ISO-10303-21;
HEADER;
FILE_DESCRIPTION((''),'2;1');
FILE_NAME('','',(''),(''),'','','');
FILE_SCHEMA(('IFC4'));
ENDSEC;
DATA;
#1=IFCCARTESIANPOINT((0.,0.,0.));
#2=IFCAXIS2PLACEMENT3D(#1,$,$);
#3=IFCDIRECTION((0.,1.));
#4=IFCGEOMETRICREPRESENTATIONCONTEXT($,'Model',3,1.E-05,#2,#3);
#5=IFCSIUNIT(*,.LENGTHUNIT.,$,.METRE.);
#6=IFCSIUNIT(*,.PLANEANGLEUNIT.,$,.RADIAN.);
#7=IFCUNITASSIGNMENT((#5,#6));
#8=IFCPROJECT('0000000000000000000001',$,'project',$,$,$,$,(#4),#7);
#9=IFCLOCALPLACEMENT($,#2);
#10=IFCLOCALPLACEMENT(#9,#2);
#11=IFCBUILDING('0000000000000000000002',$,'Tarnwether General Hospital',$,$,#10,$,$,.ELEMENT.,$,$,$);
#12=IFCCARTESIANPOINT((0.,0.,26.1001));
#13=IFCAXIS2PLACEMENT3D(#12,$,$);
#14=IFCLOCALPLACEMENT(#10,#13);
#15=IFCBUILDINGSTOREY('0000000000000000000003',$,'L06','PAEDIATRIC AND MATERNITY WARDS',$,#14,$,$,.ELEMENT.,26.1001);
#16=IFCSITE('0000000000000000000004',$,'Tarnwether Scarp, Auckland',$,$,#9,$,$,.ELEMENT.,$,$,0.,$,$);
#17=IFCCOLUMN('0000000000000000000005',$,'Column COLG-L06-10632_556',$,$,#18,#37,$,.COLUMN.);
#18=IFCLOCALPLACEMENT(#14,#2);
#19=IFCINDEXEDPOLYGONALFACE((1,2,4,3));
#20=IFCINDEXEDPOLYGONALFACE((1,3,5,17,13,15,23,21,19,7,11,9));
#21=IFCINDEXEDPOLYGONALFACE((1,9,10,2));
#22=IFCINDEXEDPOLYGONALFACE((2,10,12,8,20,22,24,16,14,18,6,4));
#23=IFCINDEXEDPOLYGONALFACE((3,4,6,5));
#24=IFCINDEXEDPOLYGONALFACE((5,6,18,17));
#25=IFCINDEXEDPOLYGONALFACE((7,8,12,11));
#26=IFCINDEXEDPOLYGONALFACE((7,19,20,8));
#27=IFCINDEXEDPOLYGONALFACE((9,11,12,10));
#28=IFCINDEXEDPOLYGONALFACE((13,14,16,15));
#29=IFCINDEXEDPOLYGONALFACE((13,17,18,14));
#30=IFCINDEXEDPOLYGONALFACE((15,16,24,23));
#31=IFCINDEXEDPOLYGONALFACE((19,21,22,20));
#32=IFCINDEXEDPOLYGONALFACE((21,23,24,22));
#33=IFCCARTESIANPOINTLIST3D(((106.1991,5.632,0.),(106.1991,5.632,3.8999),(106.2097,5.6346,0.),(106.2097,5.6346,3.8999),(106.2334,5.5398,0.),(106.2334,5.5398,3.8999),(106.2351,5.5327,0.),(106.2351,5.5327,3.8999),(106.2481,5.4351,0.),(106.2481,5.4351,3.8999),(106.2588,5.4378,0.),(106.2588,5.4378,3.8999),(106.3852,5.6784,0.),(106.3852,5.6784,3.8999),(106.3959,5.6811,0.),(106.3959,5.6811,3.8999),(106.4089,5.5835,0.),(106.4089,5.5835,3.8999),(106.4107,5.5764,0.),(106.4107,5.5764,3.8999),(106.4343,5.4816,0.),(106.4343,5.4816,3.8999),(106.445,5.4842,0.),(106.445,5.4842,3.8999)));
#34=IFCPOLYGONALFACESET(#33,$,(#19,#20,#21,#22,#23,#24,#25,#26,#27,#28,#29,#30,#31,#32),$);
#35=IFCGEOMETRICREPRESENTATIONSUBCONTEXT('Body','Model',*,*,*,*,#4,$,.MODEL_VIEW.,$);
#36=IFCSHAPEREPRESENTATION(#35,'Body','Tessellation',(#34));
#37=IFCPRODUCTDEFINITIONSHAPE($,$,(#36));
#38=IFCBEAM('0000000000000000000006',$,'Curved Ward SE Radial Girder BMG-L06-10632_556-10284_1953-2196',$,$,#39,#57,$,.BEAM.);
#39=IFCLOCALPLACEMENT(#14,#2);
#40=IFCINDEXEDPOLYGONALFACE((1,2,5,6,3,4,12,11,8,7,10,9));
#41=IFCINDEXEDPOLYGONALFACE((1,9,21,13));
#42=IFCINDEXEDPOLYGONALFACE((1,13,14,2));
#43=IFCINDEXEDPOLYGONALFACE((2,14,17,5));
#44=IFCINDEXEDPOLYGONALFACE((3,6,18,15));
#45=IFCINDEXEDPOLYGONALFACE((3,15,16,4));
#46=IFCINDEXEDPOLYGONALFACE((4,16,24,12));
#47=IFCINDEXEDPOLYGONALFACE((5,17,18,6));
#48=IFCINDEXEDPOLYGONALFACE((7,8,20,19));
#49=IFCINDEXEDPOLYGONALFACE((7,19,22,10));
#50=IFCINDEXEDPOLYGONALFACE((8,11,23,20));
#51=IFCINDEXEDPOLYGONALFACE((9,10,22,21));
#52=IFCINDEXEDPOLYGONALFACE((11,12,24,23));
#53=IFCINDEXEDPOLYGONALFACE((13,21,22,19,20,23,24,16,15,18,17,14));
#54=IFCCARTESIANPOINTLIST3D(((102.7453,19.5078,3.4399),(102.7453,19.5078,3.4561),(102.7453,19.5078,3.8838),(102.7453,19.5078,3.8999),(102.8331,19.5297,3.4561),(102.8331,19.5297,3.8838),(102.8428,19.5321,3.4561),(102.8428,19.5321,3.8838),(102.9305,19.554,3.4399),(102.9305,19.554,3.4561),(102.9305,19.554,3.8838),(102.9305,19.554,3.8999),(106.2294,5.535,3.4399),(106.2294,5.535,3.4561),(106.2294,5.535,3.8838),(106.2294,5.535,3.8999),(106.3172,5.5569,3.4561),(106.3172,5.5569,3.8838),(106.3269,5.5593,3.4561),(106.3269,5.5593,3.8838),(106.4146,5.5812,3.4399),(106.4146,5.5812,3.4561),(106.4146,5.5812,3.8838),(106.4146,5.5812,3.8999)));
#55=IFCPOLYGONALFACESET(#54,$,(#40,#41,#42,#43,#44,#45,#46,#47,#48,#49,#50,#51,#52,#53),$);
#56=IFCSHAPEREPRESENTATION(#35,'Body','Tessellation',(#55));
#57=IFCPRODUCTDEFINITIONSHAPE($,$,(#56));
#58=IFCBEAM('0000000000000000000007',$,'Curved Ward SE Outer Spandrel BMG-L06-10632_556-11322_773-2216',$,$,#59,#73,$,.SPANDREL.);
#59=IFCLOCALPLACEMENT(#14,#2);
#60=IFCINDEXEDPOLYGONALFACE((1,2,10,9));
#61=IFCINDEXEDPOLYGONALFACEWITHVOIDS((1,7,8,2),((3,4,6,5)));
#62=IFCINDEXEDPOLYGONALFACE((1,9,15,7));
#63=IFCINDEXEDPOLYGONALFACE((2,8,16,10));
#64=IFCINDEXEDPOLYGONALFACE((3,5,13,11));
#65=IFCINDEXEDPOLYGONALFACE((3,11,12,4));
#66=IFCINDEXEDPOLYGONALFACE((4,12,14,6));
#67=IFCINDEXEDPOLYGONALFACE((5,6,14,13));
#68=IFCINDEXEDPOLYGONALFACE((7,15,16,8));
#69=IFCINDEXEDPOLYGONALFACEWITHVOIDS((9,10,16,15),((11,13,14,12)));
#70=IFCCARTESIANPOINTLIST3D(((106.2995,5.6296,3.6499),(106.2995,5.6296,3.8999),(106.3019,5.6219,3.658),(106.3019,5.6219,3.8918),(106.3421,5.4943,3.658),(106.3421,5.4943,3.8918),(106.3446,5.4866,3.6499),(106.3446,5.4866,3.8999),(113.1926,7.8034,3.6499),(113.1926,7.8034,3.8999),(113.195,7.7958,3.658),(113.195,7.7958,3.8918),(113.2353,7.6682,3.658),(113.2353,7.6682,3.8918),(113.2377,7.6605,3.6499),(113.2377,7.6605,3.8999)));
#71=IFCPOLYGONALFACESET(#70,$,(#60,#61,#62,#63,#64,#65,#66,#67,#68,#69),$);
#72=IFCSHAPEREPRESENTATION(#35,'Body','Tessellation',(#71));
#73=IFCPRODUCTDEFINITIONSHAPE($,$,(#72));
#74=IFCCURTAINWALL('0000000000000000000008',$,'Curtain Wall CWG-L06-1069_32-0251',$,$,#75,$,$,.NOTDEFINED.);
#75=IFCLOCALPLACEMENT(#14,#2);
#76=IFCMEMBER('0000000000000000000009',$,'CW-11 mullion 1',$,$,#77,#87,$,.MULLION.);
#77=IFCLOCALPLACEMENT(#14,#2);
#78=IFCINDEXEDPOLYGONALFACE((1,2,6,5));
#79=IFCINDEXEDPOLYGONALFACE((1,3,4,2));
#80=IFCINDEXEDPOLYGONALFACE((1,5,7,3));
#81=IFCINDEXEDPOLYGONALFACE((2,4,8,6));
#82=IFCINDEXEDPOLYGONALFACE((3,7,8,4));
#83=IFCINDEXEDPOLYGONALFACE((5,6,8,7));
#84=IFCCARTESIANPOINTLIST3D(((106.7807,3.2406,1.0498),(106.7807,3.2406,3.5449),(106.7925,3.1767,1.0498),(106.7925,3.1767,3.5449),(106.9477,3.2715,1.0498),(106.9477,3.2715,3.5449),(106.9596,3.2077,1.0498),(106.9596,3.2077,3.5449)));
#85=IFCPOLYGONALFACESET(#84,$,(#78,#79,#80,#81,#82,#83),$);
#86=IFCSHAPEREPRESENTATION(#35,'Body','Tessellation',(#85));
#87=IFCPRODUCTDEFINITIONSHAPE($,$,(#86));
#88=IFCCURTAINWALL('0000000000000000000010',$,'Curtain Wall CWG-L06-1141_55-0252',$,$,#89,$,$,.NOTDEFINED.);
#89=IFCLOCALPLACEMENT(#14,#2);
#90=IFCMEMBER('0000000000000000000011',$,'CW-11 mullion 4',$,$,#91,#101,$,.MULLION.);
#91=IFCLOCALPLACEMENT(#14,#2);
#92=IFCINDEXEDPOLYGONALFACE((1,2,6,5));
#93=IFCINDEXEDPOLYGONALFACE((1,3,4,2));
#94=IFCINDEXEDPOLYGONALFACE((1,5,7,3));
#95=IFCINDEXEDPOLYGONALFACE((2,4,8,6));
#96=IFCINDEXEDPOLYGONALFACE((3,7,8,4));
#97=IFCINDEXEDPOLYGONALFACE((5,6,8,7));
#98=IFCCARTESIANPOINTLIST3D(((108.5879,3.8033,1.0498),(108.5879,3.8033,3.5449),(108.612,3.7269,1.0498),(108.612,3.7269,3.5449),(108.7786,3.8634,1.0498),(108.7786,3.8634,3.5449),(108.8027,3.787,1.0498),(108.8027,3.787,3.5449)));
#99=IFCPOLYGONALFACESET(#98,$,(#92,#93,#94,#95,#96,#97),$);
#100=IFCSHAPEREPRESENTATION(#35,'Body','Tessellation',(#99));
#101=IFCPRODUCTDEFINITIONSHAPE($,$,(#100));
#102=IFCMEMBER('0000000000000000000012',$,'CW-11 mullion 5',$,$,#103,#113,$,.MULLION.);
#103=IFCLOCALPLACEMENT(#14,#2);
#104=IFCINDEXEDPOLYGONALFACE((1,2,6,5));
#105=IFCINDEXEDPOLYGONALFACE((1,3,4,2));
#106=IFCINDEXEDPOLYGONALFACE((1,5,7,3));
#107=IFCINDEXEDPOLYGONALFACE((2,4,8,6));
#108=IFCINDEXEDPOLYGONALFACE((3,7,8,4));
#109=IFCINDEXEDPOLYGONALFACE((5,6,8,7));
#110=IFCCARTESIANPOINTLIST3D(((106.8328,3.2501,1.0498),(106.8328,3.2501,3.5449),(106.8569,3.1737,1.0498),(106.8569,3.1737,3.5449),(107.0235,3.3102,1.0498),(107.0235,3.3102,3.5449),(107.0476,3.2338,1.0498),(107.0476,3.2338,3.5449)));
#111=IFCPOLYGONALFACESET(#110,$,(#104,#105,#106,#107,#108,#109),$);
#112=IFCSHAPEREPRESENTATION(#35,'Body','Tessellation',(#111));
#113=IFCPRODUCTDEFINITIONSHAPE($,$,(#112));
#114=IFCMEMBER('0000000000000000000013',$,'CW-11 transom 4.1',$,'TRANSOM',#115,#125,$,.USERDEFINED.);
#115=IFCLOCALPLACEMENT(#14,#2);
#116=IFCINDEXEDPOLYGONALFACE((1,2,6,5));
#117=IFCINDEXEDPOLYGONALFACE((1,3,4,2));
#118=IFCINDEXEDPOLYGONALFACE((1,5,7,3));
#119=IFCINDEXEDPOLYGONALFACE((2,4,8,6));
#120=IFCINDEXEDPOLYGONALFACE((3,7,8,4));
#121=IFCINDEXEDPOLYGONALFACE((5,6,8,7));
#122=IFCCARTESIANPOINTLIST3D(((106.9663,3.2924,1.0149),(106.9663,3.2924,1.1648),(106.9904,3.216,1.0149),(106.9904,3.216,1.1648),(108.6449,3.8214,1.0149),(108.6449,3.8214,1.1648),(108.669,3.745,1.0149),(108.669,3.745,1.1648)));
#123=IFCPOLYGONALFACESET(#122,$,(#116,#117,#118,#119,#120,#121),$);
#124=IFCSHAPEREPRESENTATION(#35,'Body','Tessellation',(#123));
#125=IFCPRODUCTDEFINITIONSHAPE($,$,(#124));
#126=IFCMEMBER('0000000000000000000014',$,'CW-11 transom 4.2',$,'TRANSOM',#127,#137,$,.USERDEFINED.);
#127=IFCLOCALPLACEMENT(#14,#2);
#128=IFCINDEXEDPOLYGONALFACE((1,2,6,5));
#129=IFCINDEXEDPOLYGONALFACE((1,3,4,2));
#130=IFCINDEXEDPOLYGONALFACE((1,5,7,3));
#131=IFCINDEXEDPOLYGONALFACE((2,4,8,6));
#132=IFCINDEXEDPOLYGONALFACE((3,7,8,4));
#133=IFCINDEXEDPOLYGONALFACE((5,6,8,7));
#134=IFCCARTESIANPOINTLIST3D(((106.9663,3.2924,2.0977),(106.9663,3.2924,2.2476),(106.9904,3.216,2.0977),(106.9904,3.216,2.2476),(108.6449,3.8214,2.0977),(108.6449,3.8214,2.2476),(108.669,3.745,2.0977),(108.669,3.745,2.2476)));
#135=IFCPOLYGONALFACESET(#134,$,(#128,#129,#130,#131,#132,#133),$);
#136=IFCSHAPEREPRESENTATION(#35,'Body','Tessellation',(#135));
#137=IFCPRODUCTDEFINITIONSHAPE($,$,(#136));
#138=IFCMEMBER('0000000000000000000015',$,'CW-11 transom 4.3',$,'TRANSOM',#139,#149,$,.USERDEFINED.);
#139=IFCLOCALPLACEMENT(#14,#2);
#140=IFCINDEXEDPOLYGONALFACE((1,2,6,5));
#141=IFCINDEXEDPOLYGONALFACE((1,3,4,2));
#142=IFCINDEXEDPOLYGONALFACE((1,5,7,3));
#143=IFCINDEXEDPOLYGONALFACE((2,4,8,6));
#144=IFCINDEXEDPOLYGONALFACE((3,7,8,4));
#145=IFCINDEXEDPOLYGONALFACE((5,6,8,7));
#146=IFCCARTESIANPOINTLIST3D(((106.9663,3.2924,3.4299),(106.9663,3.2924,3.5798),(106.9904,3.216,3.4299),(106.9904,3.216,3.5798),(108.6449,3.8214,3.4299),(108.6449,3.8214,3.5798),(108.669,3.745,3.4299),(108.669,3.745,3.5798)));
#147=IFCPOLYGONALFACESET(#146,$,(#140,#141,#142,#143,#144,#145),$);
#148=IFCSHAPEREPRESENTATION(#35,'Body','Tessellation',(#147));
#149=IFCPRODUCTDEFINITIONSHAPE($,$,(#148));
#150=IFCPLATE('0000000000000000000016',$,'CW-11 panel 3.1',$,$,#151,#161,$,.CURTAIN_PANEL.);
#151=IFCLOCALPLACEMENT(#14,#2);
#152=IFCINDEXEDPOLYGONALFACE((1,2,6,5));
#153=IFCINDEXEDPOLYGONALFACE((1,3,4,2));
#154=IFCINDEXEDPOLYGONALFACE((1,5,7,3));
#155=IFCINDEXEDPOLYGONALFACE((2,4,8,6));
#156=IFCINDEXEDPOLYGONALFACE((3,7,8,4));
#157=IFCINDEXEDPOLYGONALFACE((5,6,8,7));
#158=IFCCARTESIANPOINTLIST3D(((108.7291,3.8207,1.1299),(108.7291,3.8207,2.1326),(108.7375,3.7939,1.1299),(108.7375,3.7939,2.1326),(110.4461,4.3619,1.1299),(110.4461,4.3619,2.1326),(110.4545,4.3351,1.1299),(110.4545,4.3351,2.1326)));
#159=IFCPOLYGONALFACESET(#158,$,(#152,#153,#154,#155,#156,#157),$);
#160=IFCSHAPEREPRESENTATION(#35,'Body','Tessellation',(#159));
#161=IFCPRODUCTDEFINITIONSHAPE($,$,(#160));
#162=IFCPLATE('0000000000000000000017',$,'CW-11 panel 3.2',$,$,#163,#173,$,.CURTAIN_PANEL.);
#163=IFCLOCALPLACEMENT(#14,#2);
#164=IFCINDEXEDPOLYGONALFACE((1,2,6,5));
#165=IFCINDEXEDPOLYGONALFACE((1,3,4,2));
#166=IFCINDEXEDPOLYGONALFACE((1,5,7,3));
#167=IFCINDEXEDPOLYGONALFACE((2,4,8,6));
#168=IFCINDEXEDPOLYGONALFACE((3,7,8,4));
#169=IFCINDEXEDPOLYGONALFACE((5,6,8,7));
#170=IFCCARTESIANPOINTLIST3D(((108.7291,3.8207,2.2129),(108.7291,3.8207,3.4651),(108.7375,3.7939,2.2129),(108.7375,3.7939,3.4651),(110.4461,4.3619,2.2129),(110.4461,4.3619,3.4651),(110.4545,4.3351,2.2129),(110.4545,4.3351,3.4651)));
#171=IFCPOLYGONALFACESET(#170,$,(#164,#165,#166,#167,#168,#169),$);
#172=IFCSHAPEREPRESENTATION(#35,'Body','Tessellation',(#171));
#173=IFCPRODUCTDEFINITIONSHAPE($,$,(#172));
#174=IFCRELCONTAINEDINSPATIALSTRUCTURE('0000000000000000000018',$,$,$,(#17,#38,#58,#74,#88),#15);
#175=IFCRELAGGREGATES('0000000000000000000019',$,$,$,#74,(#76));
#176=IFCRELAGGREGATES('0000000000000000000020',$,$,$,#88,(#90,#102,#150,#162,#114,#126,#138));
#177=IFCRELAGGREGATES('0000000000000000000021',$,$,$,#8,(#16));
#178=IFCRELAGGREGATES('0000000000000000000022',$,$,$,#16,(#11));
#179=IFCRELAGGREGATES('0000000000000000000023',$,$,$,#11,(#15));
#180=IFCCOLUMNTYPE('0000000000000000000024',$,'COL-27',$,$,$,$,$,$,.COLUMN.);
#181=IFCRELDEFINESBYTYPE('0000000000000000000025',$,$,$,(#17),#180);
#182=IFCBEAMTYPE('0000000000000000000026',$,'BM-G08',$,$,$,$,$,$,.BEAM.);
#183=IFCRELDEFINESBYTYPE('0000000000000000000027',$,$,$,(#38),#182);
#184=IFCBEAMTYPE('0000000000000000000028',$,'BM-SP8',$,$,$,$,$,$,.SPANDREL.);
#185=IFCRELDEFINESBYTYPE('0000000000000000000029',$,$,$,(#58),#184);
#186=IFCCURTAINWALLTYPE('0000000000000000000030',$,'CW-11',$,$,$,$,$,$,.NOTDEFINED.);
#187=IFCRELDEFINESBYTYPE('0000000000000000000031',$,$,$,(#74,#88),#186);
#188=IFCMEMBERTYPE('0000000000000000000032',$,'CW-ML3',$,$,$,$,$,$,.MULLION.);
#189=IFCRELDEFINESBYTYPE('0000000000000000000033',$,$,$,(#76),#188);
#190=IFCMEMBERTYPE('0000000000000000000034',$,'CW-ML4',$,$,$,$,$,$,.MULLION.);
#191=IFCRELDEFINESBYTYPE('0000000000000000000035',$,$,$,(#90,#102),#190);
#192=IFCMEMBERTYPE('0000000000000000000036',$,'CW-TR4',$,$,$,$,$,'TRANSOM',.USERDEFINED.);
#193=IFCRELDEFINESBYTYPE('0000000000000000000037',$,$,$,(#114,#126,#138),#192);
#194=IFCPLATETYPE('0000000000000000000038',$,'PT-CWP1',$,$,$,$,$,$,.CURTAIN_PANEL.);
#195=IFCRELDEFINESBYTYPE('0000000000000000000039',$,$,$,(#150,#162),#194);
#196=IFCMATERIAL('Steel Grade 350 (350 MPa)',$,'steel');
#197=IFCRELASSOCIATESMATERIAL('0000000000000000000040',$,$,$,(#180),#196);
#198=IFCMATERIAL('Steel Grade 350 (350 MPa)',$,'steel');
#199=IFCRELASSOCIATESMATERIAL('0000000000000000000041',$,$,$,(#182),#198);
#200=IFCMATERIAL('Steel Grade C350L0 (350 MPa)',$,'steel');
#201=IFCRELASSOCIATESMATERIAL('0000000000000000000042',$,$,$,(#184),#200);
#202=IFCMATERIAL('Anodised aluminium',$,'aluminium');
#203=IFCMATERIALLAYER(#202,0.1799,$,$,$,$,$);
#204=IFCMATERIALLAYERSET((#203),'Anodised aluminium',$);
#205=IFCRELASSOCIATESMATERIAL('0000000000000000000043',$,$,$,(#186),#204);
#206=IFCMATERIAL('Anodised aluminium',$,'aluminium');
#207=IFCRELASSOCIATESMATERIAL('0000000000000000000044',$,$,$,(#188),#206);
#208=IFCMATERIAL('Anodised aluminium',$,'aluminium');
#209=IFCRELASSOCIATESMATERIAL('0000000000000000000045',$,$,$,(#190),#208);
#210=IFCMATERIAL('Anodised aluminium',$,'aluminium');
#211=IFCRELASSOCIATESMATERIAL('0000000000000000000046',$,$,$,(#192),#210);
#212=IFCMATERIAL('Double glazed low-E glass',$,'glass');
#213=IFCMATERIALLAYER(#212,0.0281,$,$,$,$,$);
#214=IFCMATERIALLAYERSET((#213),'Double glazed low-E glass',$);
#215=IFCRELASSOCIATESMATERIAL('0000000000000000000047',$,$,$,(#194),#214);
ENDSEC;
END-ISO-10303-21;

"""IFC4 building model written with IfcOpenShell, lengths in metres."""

from ifc_helpers import new_model, si_unit, direction, frame, origin, origin_2d, place, context, subcontext, project, spatial, rectangle, hollow_rectangle, i_section, extrude, material, layer, layer_set, material_profile, profile_set, type_object, element, aggregate, save


model = new_model("IFC4")

# Units and contexts
model_context = context("Model", 3, precision=1e-05, world=origin(), true_north=direction((0.0, 1.0)))
body_context = subcontext(model_context, "Body", "Model", "MODEL_VIEW")
ifc_project = project(units=[si_unit("LENGTHUNIT", "METRE"), si_unit("PLANEANGLEUNIT", "RADIAN")], contexts=[model_context])

# Site, building, storey
site_placement = place(None, origin())
site = spatial("IfcSite", under=ifc_project, at=site_placement, Name="Tarnwether Scarp, Auckland", CompositionType="ELEMENT", RefElevation=0.0)
building_placement = place(site_placement, origin())
building = spatial("IfcBuilding", under=site, at=building_placement, Name="Tarnwether General Hospital", CompositionType="ELEMENT")
storey_placement = place(building_placement, frame((0.0, 0.0, 26.1001)))
storey = spatial("IfcBuildingStorey", under=building, at=storey_placement, Name="L06", Description="PAEDIATRIC AND MATERNITY WARDS", CompositionType="ELEMENT", Elevation=26.1001)

# Column
ifc_material_1 = material(Name="Steel Grade 350 (350 MPa)", Category="steel")
ifc_material_profile_1 = material_profile(ifc_material_1, i_section(OverallWidth=0.2029, OverallDepth=0.2029, WebThickness=0.0073, FlangeThickness=0.011, at=origin_2d()), Name="200UC46.2")
ifc_profile_set_1 = profile_set([ifc_material_profile_1], Name="Steel Grade 350 (350 MPa)")
column_type = type_object("IfcColumnType", Name="COL-27", PredefinedType="COLUMN", material=ifc_profile_set_1)
column_placement = place(storey_placement, frame((106.322, 5.5581, 0.0), z_axis=(0.0, 0.0, 1.0), x_axis=(-0.241922, 0.970296, 0.0)))
element("IfcColumn", 1, at=column_placement, inside=storey, type_object=column_type, Name="Column COLG-L06-10632_556", PredefinedType="COLUMN", context=body_context, shape_type="SweptSolid", body=[
    extrude(i_section(OverallWidth=0.2029, OverallDepth=0.2029, WebThickness=0.0073, FlangeThickness=0.011, at=origin_2d()), origin(), (0.0, 0.0, 1.0), 3.8999),
])

# Beams
ifc_material_2 = material(Name="Steel Grade 350 (350 MPa)", Category="steel")
ifc_material_profile_2 = material_profile(ifc_material_2, i_section(OverallWidth=0.1909, OverallDepth=0.46, WebThickness=0.01, FlangeThickness=0.0161, at=origin_2d()), Name="460UB82.1")
ifc_profile_set_2 = profile_set([ifc_material_profile_2], Name="Steel Grade 350 (350 MPa)")
beam_type_1 = type_object("IfcBeamType", Name="BM-G08", PredefinedType="BEAM", material=ifc_profile_set_2)
beam_1_placement = place(storey_placement, frame((106.322, 5.5581, 3.6699), z_axis=(-0.241941, 0.970291, 0.0), x_axis=(-0.970291, -0.241941, 0.0)))
element("IfcBeam", 2, at=beam_1_placement, inside=storey, type_object=beam_type_1, Name="Curved Ward SE Radial Girder BMG-L06-10632_556-10284_1953-2196", PredefinedType="BEAM", context=body_context, shape_type="SweptSolid", body=[
    extrude(i_section(OverallWidth=0.1909, OverallDepth=0.46, WebThickness=0.01, FlangeThickness=0.0161, at=origin_2d()), origin(), (0.0, 0.0, 1.0), 14.4006),
])
ifc_material_3 = material(Name="Steel Grade C350L0 (350 MPa)", Category="steel")
ifc_material_profile_3 = material_profile(ifc_material_3, hollow_rectangle(XDim=0.1499, YDim=0.25, WallThickness=0.0081, at=origin_2d()), Name="RHS250x150x8")
ifc_profile_set_3 = profile_set([ifc_material_profile_3], Name="Steel Grade C350L0 (350 MPa)")
beam_type_2 = type_object("IfcBeamType", Name="BM-SP8", PredefinedType="SPANDREL", material=ifc_profile_set_3)
beam_2_placement = place(storey_placement, frame((106.322, 5.5581, 3.7749), z_axis=(0.953699, 0.300763, 0.0), x_axis=(-0.300763, 0.953699, 0.0)))
element("IfcBeam", 3, at=beam_2_placement, inside=storey, type_object=beam_type_2, Name="Curved Ward SE Outer Spandrel BMG-L06-10632_556-11322_773-2216", PredefinedType="SPANDREL", context=body_context, shape_type="SweptSolid", body=[
    extrude(hollow_rectangle(XDim=0.1499, YDim=0.25, WallThickness=0.0081, at=origin_2d()), origin(), (0.0, 0.0, 1.0), 7.2278),
])

# Curtain wall, member
ifc_material_4 = material(Name="Anodised aluminium", Category="aluminium")
ifc_layer_1 = layer(ifc_material_4, 0.1799)
ifc_layer_set_1 = layer_set([ifc_layer_1], Name="Anodised aluminium")
curtain_wall_type = type_object("IfcCurtainWallType", Name="CW-11", PredefinedType="NOTDEFINED", material=ifc_layer_set_1)
curtain_wall_1_placement = place(storey_placement, origin())
curtain_wall_1 = element("IfcCurtainWall", 4, at=curtain_wall_1_placement, inside=storey, type_object=curtain_wall_type, Name="Curtain Wall CWG-L06-1069_32-0251", PredefinedType="NOTDEFINED")
ifc_material_5 = material(Name="Anodised aluminium", Category="aluminium")
ifc_material_profile_4 = material_profile(ifc_material_5, rectangle(XDim=0.0649, YDim=0.1699, at=origin_2d()), Name="ALU-MUL-65x170")
ifc_profile_set_4 = profile_set([ifc_material_profile_4], Name="Anodised aluminium")
member_type_1 = type_object("IfcMemberType", Name="CW-ML3", PredefinedType="MULLION", material=ifc_profile_set_4)
member_1_placement = place(storey_placement, frame((106.8701, 3.2241, 1.0498), z_axis=(0.0, 0.0, 1.0), x_axis=(0.182289, -0.983245, 0.0)))
member_1 = element("IfcMember", 5, at=member_1_placement, type_object=member_type_1, Name="CW-11 mullion 1", PredefinedType="MULLION", context=body_context, shape_type="SweptSolid", body=[
    extrude(rectangle(XDim=0.0649, YDim=0.1699, at=origin_2d()), origin(), (0.0, 0.0, 1.0), 2.4951),
])
aggregate(curtain_wall_1, [member_1])

# Curtain wall, members, plates
curtain_wall_2_placement = place(storey_placement, origin())
curtain_wall_2 = element("IfcCurtainWall", 6, at=curtain_wall_2_placement, inside=storey, type_object=curtain_wall_type, Name="Curtain Wall CWG-L06-1141_55-0252", PredefinedType="NOTDEFINED")
ifc_material_6 = material(Name="Anodised aluminium", Category="aluminium")
ifc_material_profile_5 = material_profile(ifc_material_6, rectangle(XDim=0.0801, YDim=0.2, at=origin_2d()), Name="ALU-MUL-80x200")
ifc_profile_set_5 = profile_set([ifc_material_profile_5], Name="Anodised aluminium")
member_type_2 = type_object("IfcMemberType", Name="CW-ML4", PredefinedType="MULLION", material=ifc_profile_set_5)
member_2_placement = place(storey_placement, frame((108.6953, 3.7952, 1.0498), z_axis=(0.0, 0.0, 1.0), x_axis=(0.300629, -0.953741, 0.0)))
member_2 = element("IfcMember", 7, at=member_2_placement, type_object=member_type_2, Name="CW-11 mullion 4", PredefinedType="MULLION", context=body_context, shape_type="SweptSolid", body=[
    extrude(rectangle(XDim=0.0801, YDim=0.2, at=origin_2d()), origin(), (0.0, 0.0, 1.0), 2.4951),
])
member_3_placement = place(storey_placement, frame((106.9402, 3.2419, 1.0498), z_axis=(0.0, 0.0, 1.0), x_axis=(0.300629, -0.953741, 0.0)))
member_3 = element("IfcMember", 8, at=member_3_placement, type_object=member_type_2, Name="CW-11 mullion 5", PredefinedType="MULLION", context=body_context, shape_type="SweptSolid", body=[
    extrude(rectangle(XDim=0.0801, YDim=0.2, at=origin_2d()), origin(), (0.0, 0.0, 1.0), 2.4951),
])
ifc_material_7 = material(Name="Anodised aluminium", Category="aluminium")
ifc_material_profile_6 = material_profile(ifc_material_7, rectangle(XDim=0.0801, YDim=0.1499, at=origin_2d()), Name="ALU-TRN-80x150")
ifc_profile_set_6 = profile_set([ifc_material_profile_6], Name="Anodised aluminium")
member_type_3 = type_object("IfcMemberType", Name="CW-TR4", ElementType="TRANSOM", PredefinedType="USERDEFINED", material=ifc_profile_set_6)
member_4_placement = place(storey_placement, frame((108.657, 3.7832, 1.0898), z_axis=(-0.953757, -0.30058, 0.0), x_axis=(0.30058, -0.953757, 0.0)))
member_4 = element("IfcMember", 9, at=member_4_placement, type_object=member_type_3, Name="CW-11 transom 4.1", ObjectType="TRANSOM", PredefinedType="USERDEFINED", context=body_context, shape_type="SweptSolid", body=[
    extrude(rectangle(XDim=0.0801, YDim=0.1499, at=origin_2d()), origin(), (0.0, 0.0, 1.0), 1.76),
])
member_5_placement = place(storey_placement, frame((108.657, 3.7832, 2.1726), z_axis=(-0.953757, -0.30058, 0.0), x_axis=(0.30058, -0.953757, 0.0)))
member_5 = element("IfcMember", 10, at=member_5_placement, type_object=member_type_3, Name="CW-11 transom 4.2", ObjectType="TRANSOM", PredefinedType="USERDEFINED", context=body_context, shape_type="SweptSolid", body=[
    extrude(rectangle(XDim=0.0801, YDim=0.1499, at=origin_2d()), origin(), (0.0, 0.0, 1.0), 1.76),
])
member_6_placement = place(storey_placement, frame((108.657, 3.7832, 3.5049), z_axis=(-0.953757, -0.30058, 0.0), x_axis=(0.30058, -0.953757, 0.0)))
member_6 = element("IfcMember", 11, at=member_6_placement, type_object=member_type_3, Name="CW-11 transom 4.3", ObjectType="TRANSOM", PredefinedType="USERDEFINED", context=body_context, shape_type="SweptSolid", body=[
    extrude(rectangle(XDim=0.0801, YDim=0.1499, at=origin_2d()), origin(), (0.0, 0.0, 1.0), 1.76),
])
ifc_material_8 = material(Name="Double glazed low-E glass", Category="glass")
ifc_layer_2 = layer(ifc_material_8, 0.0281)
ifc_layer_set_2 = layer_set([ifc_layer_2], Name="Double glazed low-E glass")
plate_type_1 = type_object("IfcPlateType", Name="PT-CWP1", PredefinedType="CURTAIN_PANEL", material=ifc_layer_set_2)
plate_1_placement = place(storey_placement, frame((109.5918, 4.0779, 1.1299), z_axis=(0.0, 0.0, 1.0), x_axis=(-0.953741, -0.300629, 0.0)))
plate_1 = element("IfcPlate", 12, at=plate_1_placement, type_object=plate_type_1, Name="CW-11 panel 3.1", PredefinedType="CURTAIN_PANEL", context=body_context, shape_type="SweptSolid", body=[
    extrude(rectangle(XDim=1.8003, YDim=0.0281, at=origin_2d()), origin(), (0.0, 0.0, 1.0), 1.0027),
])
plate_2_placement = place(storey_placement, frame((109.5918, 4.0779, 2.2129), z_axis=(0.0, 0.0, 1.0), x_axis=(-0.953741, -0.300629, 0.0)))
plate_2 = element("IfcPlate", 13, at=plate_2_placement, type_object=plate_type_1, Name="CW-11 panel 3.2", PredefinedType="CURTAIN_PANEL", context=body_context, shape_type="SweptSolid", body=[
    extrude(rectangle(XDim=1.8003, YDim=0.0281, at=origin_2d()), origin(), (0.0, 0.0, 1.0), 1.2522),
])
aggregate(curtain_wall_2, [member_2, member_3, plate_1, plate_2, member_4, member_5, member_6])

save(model, "model.ifc")
